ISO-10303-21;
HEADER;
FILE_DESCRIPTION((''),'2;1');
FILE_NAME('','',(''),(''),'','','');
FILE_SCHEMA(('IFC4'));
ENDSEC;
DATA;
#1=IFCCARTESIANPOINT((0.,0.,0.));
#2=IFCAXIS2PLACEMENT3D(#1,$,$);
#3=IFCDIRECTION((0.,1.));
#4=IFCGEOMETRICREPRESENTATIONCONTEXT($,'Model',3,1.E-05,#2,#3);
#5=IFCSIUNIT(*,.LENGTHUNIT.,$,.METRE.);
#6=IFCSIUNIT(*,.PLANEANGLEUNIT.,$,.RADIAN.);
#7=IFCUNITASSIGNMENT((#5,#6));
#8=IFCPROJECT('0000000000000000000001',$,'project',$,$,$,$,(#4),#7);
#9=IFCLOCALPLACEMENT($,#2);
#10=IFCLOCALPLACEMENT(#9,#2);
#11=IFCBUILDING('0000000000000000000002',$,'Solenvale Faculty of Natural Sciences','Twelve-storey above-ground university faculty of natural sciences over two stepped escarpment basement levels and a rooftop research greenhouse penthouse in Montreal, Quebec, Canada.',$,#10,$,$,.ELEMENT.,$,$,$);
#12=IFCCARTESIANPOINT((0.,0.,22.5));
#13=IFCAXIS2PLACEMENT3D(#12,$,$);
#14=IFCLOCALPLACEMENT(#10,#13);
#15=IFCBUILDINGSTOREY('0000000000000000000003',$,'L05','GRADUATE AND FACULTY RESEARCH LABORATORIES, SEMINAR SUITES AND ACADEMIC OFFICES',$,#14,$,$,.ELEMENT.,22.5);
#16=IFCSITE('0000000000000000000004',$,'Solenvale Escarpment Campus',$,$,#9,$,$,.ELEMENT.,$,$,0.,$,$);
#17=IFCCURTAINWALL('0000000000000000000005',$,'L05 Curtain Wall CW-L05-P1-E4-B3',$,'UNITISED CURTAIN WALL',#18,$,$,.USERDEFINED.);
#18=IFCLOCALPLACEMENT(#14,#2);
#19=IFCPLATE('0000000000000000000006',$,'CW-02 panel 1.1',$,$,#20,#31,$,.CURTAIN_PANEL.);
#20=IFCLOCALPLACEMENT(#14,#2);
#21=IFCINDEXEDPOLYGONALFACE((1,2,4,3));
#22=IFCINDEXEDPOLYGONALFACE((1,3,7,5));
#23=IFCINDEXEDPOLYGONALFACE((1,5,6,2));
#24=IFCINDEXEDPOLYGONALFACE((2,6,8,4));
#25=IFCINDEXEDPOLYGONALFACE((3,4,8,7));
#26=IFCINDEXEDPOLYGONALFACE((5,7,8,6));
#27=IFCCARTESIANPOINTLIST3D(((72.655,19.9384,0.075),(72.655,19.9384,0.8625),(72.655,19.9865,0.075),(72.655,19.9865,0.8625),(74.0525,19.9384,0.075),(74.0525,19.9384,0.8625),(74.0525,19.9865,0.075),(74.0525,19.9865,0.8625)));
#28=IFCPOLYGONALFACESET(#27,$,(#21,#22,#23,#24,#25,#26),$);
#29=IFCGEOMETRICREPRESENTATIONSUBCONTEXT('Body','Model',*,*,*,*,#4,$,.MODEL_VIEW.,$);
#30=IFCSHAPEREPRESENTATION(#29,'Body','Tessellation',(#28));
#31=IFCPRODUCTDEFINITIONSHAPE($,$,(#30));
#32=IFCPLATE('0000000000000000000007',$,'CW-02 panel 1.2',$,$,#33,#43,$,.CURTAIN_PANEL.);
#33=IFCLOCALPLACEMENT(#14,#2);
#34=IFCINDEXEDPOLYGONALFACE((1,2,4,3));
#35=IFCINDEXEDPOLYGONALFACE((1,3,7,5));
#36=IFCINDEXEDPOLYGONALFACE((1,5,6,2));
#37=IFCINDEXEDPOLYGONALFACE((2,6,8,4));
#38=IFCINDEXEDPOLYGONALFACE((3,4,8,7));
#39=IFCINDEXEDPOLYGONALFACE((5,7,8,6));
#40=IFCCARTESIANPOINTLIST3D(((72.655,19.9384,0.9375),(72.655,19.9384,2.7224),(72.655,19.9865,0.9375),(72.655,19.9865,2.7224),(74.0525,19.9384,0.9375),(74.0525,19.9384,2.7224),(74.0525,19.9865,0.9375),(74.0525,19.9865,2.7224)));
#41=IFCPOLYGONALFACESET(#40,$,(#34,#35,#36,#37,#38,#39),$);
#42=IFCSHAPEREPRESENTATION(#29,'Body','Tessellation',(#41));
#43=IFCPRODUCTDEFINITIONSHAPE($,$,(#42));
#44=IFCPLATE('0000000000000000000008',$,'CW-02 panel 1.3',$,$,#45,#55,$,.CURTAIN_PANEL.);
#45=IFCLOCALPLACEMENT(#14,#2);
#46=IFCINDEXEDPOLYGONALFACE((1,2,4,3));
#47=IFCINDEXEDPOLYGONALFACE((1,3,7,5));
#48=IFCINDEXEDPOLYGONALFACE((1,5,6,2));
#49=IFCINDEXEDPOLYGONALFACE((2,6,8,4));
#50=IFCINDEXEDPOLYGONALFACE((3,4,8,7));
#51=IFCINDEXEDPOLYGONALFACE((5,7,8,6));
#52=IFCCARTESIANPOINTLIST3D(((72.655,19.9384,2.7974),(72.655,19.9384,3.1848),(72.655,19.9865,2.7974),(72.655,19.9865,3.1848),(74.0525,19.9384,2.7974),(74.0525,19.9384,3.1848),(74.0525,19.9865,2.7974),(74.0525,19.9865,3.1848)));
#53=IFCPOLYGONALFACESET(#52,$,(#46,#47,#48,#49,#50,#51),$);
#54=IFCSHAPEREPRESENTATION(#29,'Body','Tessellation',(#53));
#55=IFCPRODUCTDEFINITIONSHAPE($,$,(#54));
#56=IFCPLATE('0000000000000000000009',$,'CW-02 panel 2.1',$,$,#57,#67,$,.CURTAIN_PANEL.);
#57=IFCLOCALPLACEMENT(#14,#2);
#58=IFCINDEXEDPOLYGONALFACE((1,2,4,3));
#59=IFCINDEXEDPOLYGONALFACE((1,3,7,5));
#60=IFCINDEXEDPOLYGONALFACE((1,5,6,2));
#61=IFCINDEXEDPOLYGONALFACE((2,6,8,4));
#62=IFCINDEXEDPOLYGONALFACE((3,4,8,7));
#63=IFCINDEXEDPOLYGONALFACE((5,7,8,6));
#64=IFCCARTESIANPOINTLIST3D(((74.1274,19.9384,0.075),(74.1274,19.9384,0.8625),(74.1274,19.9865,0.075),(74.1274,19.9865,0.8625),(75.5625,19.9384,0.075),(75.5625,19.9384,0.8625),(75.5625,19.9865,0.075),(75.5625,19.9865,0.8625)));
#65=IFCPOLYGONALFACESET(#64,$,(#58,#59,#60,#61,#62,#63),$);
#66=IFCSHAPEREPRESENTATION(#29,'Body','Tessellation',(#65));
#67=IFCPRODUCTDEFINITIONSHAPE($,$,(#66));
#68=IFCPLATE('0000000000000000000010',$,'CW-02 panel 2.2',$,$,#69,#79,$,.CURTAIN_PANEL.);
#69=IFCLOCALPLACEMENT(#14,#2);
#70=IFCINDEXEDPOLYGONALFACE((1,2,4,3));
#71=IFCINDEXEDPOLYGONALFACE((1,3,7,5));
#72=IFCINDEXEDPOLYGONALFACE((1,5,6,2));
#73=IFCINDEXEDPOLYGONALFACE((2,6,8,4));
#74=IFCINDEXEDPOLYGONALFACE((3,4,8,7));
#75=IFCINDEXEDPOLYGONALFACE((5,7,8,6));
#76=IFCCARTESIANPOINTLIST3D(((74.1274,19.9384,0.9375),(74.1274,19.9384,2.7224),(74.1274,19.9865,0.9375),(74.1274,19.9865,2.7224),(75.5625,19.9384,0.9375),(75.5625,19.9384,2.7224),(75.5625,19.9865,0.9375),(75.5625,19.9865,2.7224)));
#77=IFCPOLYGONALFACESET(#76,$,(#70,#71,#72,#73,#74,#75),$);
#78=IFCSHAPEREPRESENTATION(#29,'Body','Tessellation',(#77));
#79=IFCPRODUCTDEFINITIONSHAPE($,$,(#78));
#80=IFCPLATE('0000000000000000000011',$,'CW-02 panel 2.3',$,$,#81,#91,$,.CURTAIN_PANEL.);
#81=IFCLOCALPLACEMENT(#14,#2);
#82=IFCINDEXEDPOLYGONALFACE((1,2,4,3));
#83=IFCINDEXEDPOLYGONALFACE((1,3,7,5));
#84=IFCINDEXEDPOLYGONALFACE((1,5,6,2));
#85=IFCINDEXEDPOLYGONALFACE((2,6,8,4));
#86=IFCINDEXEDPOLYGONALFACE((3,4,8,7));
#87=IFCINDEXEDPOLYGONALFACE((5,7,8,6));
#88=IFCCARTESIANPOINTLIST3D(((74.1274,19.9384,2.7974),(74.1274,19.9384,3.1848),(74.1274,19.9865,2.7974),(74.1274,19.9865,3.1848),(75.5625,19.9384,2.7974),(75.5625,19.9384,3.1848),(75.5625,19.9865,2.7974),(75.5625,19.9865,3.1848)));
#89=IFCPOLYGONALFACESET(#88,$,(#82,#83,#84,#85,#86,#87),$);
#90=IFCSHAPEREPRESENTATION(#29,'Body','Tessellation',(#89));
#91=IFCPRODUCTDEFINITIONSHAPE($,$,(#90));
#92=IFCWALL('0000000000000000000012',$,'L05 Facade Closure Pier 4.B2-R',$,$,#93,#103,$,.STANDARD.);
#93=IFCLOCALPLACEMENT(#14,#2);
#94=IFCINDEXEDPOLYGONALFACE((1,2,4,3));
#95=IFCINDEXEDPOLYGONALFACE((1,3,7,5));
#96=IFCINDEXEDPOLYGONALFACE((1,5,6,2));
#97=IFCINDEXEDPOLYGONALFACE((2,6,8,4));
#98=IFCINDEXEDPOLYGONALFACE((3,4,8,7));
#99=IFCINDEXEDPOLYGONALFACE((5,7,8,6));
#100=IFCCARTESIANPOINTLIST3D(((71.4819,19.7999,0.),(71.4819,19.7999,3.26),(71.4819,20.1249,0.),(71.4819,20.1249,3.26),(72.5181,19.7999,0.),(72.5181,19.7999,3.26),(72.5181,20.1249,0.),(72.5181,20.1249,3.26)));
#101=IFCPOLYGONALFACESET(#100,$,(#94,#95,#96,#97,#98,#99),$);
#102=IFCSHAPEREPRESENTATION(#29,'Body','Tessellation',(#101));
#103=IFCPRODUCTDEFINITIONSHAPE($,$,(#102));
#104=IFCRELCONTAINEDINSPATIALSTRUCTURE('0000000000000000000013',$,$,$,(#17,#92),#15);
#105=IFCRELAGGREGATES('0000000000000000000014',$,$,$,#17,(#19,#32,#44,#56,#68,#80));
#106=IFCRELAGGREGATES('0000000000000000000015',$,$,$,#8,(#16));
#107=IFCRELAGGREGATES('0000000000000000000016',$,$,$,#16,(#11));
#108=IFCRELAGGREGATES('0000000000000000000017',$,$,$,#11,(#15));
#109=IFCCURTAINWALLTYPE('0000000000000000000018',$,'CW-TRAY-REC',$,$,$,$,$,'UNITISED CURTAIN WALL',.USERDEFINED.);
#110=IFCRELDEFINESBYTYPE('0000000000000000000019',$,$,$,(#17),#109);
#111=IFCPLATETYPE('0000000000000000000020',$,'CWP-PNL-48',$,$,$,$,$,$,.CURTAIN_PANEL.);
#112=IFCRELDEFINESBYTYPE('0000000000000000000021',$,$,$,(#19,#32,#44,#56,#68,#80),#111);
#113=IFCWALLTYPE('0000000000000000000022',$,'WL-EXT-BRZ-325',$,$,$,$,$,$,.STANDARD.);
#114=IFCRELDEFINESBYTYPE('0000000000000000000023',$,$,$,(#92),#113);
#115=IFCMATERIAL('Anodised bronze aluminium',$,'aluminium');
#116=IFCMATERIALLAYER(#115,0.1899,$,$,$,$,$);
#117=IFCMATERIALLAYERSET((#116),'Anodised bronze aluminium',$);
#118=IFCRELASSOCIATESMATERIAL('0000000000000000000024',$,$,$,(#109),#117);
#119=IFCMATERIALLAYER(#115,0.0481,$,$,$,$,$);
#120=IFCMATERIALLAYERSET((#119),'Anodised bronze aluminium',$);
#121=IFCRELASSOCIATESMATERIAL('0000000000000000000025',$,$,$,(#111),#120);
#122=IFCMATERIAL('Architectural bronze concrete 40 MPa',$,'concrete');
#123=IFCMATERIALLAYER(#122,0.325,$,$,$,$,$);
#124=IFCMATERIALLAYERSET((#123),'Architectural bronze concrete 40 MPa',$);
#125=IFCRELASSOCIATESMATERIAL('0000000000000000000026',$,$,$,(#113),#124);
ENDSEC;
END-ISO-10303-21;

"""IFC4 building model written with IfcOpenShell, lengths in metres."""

from ifc_helpers import new_model, si_unit, direction, frame, frame_2d, origin, origin_2d, place, context, subcontext, project, spatial, rectangle, extrude, material, layer, layer_set, type_object, element, aggregate, save


model = new_model("IFC4")

# Units and contexts
model_context = context("Model", 3, precision=1e-05, world=origin(), true_north=direction((0.0, 1.0)))
body_context = subcontext(model_context, "Body", "Model", "MODEL_VIEW")
ifc_project = project(units=[si_unit("LENGTHUNIT", "METRE"), si_unit("PLANEANGLEUNIT", "RADIAN")], contexts=[model_context])

# Site, building, storey
site_placement = place(None, origin())
site = spatial("IfcSite", under=ifc_project, at=site_placement, Name="Solenvale Escarpment Campus", CompositionType="ELEMENT", RefElevation=0.0)
building_placement = place(site_placement, origin())
building = spatial("IfcBuilding", under=site, at=building_placement, Name="Solenvale Faculty of Natural Sciences", Description="Twelve-storey above-ground university faculty of natural sciences over two stepped escarpment basement levels and a rooftop research greenhouse penthouse in Montreal, Quebec, Canada.", CompositionType="ELEMENT")
storey_placement = place(building_placement, frame((0.0, 0.0, 22.5)))
storey = spatial("IfcBuildingStorey", under=building, at=storey_placement, Name="L05", Description="GRADUATE AND FACULTY RESEARCH LABORATORIES, SEMINAR SUITES AND ACADEMIC OFFICES", CompositionType="ELEMENT", Elevation=22.5)

# Curtain wall
ifc_material_1 = material(Name="Anodised bronze aluminium", Category="aluminium")
ifc_layer_1 = layer(ifc_material_1, 0.1899)
ifc_layer_set_1 = layer_set([ifc_layer_1], Name="Anodised bronze aluminium")
curtain_wall_type = type_object("IfcCurtainWallType", Name="CW-TRAY-REC", ElementType="UNITISED CURTAIN WALL", PredefinedType="USERDEFINED", material=ifc_layer_set_1)
curtain_wall_1_placement = place(storey_placement, origin())
curtain_wall_1 = element("IfcCurtainWall", 1, at=curtain_wall_1_placement, inside=storey, type_object=curtain_wall_type, Name="L05 Curtain Wall CW-L05-P1-E4-B3", ObjectType="UNITISED CURTAIN WALL", PredefinedType="USERDEFINED")

# Plates
ifc_layer_2 = layer(ifc_material_1, 0.0481)
ifc_layer_set_2 = layer_set([ifc_layer_2], Name="Anodised bronze aluminium")
plate_type_1 = type_object("IfcPlateType", Name="CWP-PNL-48", PredefinedType="CURTAIN_PANEL", material=ifc_layer_set_2)
plate_1_placement = place(storey_placement, frame((73.3538, 19.9624, 0.075), z_axis=(0.0, 0.0, 1.0), x_axis=(1.0, 0.0, 0.0)))
plate_1 = element("IfcPlate", 2, at=plate_1_placement, type_object=plate_type_1, Name="CW-02 panel 1.1", PredefinedType="CURTAIN_PANEL", context=body_context, shape_type="SweptSolid", body=[
    extrude(rectangle(XDim=1.3975, YDim=0.0481, at=origin_2d()), origin(), (0.0, 0.0, 1.0), 0.7876),
])
plate_2_placement = place(storey_placement, frame((73.3538, 19.9624, 0.9375), z_axis=(0.0, 0.0, 1.0), x_axis=(1.0, 0.0, 0.0)))
plate_2 = element("IfcPlate", 3, at=plate_2_placement, type_object=plate_type_1, Name="CW-02 panel 1.2", PredefinedType="CURTAIN_PANEL", context=body_context, shape_type="SweptSolid", body=[
    extrude(rectangle(XDim=1.3975, YDim=0.0481, at=origin_2d()), origin(), (0.0, 0.0, 1.0), 1.7849),
])
plate_3_placement = place(storey_placement, frame((73.3538, 19.9624, 2.7974), z_axis=(0.0, 0.0, 1.0), x_axis=(1.0, 0.0, 0.0)))
plate_3 = element("IfcPlate", 4, at=plate_3_placement, type_object=plate_type_1, Name="CW-02 panel 1.3", PredefinedType="CURTAIN_PANEL", context=body_context, shape_type="SweptSolid", body=[
    extrude(rectangle(XDim=1.3975, YDim=0.0481, at=origin_2d()), origin(), (0.0, 0.0, 1.0), 0.3875),
])
plate_4_placement = place(storey_placement, frame((74.845, 19.9624, 0.075), z_axis=(0.0, 0.0, 1.0), x_axis=(1.0, 0.0, 0.0)))
plate_4 = element("IfcPlate", 5, at=plate_4_placement, type_object=plate_type_1, Name="CW-02 panel 2.1", PredefinedType="CURTAIN_PANEL", context=body_context, shape_type="SweptSolid", body=[
    extrude(rectangle(XDim=1.4351, YDim=0.0481, at=origin_2d()), origin(), (0.0, 0.0, 1.0), 0.7876),
])
plate_5_placement = place(storey_placement, frame((74.845, 19.9624, 0.9375), z_axis=(0.0, 0.0, 1.0), x_axis=(1.0, 0.0, 0.0)))
plate_5 = element("IfcPlate", 6, at=plate_5_placement, type_object=plate_type_1, Name="CW-02 panel 2.2", PredefinedType="CURTAIN_PANEL", context=body_context, shape_type="SweptSolid", body=[
    extrude(rectangle(XDim=1.4351, YDim=0.0481, at=origin_2d()), origin(), (0.0, 0.0, 1.0), 1.7849),
])
plate_6_placement = place(storey_placement, frame((74.845, 19.9624, 2.7974), z_axis=(0.0, 0.0, 1.0), x_axis=(1.0, 0.0, 0.0)))
plate_6 = element("IfcPlate", 7, at=plate_6_placement, type_object=plate_type_1, Name="CW-02 panel 2.3", PredefinedType="CURTAIN_PANEL", context=body_context, shape_type="SweptSolid", body=[
    extrude(rectangle(XDim=1.4351, YDim=0.0481, at=origin_2d()), origin(), (0.0, 0.0, 1.0), 0.3875),
])
aggregate(curtain_wall_1, [plate_1, plate_2, plate_3, plate_4, plate_5, plate_6])

# Wall
ifc_material_2 = material(Name="Architectural bronze concrete 40 MPa", Category="concrete")
ifc_layer_3 = layer(ifc_material_2, 0.325)
ifc_layer_set_3 = layer_set([ifc_layer_3], Name="Architectural bronze concrete 40 MPa")
wall_type = type_object("IfcWallType", Name="WL-EXT-BRZ-325", PredefinedType="STANDARD", material=ifc_layer_set_3)
wall_placement = place(storey_placement, frame((71.4819, 19.9624, 0.0), z_axis=(0.0, 0.0, 1.0), x_axis=(1.0, 0.0, 0.0)))
element("IfcWall", 8, at=wall_placement, inside=storey, type_object=wall_type, Name="L05 Facade Closure Pier 4.B2-R", PredefinedType="STANDARD", context=body_context, shape_type="SweptSolid", body=[
    extrude(rectangle(XDim=1.0361, YDim=0.325, at=frame_2d((0.5181, 0.0))), origin(), (0.0, 0.0, 1.0), 3.26),
])

save(model, "model.ifc")
